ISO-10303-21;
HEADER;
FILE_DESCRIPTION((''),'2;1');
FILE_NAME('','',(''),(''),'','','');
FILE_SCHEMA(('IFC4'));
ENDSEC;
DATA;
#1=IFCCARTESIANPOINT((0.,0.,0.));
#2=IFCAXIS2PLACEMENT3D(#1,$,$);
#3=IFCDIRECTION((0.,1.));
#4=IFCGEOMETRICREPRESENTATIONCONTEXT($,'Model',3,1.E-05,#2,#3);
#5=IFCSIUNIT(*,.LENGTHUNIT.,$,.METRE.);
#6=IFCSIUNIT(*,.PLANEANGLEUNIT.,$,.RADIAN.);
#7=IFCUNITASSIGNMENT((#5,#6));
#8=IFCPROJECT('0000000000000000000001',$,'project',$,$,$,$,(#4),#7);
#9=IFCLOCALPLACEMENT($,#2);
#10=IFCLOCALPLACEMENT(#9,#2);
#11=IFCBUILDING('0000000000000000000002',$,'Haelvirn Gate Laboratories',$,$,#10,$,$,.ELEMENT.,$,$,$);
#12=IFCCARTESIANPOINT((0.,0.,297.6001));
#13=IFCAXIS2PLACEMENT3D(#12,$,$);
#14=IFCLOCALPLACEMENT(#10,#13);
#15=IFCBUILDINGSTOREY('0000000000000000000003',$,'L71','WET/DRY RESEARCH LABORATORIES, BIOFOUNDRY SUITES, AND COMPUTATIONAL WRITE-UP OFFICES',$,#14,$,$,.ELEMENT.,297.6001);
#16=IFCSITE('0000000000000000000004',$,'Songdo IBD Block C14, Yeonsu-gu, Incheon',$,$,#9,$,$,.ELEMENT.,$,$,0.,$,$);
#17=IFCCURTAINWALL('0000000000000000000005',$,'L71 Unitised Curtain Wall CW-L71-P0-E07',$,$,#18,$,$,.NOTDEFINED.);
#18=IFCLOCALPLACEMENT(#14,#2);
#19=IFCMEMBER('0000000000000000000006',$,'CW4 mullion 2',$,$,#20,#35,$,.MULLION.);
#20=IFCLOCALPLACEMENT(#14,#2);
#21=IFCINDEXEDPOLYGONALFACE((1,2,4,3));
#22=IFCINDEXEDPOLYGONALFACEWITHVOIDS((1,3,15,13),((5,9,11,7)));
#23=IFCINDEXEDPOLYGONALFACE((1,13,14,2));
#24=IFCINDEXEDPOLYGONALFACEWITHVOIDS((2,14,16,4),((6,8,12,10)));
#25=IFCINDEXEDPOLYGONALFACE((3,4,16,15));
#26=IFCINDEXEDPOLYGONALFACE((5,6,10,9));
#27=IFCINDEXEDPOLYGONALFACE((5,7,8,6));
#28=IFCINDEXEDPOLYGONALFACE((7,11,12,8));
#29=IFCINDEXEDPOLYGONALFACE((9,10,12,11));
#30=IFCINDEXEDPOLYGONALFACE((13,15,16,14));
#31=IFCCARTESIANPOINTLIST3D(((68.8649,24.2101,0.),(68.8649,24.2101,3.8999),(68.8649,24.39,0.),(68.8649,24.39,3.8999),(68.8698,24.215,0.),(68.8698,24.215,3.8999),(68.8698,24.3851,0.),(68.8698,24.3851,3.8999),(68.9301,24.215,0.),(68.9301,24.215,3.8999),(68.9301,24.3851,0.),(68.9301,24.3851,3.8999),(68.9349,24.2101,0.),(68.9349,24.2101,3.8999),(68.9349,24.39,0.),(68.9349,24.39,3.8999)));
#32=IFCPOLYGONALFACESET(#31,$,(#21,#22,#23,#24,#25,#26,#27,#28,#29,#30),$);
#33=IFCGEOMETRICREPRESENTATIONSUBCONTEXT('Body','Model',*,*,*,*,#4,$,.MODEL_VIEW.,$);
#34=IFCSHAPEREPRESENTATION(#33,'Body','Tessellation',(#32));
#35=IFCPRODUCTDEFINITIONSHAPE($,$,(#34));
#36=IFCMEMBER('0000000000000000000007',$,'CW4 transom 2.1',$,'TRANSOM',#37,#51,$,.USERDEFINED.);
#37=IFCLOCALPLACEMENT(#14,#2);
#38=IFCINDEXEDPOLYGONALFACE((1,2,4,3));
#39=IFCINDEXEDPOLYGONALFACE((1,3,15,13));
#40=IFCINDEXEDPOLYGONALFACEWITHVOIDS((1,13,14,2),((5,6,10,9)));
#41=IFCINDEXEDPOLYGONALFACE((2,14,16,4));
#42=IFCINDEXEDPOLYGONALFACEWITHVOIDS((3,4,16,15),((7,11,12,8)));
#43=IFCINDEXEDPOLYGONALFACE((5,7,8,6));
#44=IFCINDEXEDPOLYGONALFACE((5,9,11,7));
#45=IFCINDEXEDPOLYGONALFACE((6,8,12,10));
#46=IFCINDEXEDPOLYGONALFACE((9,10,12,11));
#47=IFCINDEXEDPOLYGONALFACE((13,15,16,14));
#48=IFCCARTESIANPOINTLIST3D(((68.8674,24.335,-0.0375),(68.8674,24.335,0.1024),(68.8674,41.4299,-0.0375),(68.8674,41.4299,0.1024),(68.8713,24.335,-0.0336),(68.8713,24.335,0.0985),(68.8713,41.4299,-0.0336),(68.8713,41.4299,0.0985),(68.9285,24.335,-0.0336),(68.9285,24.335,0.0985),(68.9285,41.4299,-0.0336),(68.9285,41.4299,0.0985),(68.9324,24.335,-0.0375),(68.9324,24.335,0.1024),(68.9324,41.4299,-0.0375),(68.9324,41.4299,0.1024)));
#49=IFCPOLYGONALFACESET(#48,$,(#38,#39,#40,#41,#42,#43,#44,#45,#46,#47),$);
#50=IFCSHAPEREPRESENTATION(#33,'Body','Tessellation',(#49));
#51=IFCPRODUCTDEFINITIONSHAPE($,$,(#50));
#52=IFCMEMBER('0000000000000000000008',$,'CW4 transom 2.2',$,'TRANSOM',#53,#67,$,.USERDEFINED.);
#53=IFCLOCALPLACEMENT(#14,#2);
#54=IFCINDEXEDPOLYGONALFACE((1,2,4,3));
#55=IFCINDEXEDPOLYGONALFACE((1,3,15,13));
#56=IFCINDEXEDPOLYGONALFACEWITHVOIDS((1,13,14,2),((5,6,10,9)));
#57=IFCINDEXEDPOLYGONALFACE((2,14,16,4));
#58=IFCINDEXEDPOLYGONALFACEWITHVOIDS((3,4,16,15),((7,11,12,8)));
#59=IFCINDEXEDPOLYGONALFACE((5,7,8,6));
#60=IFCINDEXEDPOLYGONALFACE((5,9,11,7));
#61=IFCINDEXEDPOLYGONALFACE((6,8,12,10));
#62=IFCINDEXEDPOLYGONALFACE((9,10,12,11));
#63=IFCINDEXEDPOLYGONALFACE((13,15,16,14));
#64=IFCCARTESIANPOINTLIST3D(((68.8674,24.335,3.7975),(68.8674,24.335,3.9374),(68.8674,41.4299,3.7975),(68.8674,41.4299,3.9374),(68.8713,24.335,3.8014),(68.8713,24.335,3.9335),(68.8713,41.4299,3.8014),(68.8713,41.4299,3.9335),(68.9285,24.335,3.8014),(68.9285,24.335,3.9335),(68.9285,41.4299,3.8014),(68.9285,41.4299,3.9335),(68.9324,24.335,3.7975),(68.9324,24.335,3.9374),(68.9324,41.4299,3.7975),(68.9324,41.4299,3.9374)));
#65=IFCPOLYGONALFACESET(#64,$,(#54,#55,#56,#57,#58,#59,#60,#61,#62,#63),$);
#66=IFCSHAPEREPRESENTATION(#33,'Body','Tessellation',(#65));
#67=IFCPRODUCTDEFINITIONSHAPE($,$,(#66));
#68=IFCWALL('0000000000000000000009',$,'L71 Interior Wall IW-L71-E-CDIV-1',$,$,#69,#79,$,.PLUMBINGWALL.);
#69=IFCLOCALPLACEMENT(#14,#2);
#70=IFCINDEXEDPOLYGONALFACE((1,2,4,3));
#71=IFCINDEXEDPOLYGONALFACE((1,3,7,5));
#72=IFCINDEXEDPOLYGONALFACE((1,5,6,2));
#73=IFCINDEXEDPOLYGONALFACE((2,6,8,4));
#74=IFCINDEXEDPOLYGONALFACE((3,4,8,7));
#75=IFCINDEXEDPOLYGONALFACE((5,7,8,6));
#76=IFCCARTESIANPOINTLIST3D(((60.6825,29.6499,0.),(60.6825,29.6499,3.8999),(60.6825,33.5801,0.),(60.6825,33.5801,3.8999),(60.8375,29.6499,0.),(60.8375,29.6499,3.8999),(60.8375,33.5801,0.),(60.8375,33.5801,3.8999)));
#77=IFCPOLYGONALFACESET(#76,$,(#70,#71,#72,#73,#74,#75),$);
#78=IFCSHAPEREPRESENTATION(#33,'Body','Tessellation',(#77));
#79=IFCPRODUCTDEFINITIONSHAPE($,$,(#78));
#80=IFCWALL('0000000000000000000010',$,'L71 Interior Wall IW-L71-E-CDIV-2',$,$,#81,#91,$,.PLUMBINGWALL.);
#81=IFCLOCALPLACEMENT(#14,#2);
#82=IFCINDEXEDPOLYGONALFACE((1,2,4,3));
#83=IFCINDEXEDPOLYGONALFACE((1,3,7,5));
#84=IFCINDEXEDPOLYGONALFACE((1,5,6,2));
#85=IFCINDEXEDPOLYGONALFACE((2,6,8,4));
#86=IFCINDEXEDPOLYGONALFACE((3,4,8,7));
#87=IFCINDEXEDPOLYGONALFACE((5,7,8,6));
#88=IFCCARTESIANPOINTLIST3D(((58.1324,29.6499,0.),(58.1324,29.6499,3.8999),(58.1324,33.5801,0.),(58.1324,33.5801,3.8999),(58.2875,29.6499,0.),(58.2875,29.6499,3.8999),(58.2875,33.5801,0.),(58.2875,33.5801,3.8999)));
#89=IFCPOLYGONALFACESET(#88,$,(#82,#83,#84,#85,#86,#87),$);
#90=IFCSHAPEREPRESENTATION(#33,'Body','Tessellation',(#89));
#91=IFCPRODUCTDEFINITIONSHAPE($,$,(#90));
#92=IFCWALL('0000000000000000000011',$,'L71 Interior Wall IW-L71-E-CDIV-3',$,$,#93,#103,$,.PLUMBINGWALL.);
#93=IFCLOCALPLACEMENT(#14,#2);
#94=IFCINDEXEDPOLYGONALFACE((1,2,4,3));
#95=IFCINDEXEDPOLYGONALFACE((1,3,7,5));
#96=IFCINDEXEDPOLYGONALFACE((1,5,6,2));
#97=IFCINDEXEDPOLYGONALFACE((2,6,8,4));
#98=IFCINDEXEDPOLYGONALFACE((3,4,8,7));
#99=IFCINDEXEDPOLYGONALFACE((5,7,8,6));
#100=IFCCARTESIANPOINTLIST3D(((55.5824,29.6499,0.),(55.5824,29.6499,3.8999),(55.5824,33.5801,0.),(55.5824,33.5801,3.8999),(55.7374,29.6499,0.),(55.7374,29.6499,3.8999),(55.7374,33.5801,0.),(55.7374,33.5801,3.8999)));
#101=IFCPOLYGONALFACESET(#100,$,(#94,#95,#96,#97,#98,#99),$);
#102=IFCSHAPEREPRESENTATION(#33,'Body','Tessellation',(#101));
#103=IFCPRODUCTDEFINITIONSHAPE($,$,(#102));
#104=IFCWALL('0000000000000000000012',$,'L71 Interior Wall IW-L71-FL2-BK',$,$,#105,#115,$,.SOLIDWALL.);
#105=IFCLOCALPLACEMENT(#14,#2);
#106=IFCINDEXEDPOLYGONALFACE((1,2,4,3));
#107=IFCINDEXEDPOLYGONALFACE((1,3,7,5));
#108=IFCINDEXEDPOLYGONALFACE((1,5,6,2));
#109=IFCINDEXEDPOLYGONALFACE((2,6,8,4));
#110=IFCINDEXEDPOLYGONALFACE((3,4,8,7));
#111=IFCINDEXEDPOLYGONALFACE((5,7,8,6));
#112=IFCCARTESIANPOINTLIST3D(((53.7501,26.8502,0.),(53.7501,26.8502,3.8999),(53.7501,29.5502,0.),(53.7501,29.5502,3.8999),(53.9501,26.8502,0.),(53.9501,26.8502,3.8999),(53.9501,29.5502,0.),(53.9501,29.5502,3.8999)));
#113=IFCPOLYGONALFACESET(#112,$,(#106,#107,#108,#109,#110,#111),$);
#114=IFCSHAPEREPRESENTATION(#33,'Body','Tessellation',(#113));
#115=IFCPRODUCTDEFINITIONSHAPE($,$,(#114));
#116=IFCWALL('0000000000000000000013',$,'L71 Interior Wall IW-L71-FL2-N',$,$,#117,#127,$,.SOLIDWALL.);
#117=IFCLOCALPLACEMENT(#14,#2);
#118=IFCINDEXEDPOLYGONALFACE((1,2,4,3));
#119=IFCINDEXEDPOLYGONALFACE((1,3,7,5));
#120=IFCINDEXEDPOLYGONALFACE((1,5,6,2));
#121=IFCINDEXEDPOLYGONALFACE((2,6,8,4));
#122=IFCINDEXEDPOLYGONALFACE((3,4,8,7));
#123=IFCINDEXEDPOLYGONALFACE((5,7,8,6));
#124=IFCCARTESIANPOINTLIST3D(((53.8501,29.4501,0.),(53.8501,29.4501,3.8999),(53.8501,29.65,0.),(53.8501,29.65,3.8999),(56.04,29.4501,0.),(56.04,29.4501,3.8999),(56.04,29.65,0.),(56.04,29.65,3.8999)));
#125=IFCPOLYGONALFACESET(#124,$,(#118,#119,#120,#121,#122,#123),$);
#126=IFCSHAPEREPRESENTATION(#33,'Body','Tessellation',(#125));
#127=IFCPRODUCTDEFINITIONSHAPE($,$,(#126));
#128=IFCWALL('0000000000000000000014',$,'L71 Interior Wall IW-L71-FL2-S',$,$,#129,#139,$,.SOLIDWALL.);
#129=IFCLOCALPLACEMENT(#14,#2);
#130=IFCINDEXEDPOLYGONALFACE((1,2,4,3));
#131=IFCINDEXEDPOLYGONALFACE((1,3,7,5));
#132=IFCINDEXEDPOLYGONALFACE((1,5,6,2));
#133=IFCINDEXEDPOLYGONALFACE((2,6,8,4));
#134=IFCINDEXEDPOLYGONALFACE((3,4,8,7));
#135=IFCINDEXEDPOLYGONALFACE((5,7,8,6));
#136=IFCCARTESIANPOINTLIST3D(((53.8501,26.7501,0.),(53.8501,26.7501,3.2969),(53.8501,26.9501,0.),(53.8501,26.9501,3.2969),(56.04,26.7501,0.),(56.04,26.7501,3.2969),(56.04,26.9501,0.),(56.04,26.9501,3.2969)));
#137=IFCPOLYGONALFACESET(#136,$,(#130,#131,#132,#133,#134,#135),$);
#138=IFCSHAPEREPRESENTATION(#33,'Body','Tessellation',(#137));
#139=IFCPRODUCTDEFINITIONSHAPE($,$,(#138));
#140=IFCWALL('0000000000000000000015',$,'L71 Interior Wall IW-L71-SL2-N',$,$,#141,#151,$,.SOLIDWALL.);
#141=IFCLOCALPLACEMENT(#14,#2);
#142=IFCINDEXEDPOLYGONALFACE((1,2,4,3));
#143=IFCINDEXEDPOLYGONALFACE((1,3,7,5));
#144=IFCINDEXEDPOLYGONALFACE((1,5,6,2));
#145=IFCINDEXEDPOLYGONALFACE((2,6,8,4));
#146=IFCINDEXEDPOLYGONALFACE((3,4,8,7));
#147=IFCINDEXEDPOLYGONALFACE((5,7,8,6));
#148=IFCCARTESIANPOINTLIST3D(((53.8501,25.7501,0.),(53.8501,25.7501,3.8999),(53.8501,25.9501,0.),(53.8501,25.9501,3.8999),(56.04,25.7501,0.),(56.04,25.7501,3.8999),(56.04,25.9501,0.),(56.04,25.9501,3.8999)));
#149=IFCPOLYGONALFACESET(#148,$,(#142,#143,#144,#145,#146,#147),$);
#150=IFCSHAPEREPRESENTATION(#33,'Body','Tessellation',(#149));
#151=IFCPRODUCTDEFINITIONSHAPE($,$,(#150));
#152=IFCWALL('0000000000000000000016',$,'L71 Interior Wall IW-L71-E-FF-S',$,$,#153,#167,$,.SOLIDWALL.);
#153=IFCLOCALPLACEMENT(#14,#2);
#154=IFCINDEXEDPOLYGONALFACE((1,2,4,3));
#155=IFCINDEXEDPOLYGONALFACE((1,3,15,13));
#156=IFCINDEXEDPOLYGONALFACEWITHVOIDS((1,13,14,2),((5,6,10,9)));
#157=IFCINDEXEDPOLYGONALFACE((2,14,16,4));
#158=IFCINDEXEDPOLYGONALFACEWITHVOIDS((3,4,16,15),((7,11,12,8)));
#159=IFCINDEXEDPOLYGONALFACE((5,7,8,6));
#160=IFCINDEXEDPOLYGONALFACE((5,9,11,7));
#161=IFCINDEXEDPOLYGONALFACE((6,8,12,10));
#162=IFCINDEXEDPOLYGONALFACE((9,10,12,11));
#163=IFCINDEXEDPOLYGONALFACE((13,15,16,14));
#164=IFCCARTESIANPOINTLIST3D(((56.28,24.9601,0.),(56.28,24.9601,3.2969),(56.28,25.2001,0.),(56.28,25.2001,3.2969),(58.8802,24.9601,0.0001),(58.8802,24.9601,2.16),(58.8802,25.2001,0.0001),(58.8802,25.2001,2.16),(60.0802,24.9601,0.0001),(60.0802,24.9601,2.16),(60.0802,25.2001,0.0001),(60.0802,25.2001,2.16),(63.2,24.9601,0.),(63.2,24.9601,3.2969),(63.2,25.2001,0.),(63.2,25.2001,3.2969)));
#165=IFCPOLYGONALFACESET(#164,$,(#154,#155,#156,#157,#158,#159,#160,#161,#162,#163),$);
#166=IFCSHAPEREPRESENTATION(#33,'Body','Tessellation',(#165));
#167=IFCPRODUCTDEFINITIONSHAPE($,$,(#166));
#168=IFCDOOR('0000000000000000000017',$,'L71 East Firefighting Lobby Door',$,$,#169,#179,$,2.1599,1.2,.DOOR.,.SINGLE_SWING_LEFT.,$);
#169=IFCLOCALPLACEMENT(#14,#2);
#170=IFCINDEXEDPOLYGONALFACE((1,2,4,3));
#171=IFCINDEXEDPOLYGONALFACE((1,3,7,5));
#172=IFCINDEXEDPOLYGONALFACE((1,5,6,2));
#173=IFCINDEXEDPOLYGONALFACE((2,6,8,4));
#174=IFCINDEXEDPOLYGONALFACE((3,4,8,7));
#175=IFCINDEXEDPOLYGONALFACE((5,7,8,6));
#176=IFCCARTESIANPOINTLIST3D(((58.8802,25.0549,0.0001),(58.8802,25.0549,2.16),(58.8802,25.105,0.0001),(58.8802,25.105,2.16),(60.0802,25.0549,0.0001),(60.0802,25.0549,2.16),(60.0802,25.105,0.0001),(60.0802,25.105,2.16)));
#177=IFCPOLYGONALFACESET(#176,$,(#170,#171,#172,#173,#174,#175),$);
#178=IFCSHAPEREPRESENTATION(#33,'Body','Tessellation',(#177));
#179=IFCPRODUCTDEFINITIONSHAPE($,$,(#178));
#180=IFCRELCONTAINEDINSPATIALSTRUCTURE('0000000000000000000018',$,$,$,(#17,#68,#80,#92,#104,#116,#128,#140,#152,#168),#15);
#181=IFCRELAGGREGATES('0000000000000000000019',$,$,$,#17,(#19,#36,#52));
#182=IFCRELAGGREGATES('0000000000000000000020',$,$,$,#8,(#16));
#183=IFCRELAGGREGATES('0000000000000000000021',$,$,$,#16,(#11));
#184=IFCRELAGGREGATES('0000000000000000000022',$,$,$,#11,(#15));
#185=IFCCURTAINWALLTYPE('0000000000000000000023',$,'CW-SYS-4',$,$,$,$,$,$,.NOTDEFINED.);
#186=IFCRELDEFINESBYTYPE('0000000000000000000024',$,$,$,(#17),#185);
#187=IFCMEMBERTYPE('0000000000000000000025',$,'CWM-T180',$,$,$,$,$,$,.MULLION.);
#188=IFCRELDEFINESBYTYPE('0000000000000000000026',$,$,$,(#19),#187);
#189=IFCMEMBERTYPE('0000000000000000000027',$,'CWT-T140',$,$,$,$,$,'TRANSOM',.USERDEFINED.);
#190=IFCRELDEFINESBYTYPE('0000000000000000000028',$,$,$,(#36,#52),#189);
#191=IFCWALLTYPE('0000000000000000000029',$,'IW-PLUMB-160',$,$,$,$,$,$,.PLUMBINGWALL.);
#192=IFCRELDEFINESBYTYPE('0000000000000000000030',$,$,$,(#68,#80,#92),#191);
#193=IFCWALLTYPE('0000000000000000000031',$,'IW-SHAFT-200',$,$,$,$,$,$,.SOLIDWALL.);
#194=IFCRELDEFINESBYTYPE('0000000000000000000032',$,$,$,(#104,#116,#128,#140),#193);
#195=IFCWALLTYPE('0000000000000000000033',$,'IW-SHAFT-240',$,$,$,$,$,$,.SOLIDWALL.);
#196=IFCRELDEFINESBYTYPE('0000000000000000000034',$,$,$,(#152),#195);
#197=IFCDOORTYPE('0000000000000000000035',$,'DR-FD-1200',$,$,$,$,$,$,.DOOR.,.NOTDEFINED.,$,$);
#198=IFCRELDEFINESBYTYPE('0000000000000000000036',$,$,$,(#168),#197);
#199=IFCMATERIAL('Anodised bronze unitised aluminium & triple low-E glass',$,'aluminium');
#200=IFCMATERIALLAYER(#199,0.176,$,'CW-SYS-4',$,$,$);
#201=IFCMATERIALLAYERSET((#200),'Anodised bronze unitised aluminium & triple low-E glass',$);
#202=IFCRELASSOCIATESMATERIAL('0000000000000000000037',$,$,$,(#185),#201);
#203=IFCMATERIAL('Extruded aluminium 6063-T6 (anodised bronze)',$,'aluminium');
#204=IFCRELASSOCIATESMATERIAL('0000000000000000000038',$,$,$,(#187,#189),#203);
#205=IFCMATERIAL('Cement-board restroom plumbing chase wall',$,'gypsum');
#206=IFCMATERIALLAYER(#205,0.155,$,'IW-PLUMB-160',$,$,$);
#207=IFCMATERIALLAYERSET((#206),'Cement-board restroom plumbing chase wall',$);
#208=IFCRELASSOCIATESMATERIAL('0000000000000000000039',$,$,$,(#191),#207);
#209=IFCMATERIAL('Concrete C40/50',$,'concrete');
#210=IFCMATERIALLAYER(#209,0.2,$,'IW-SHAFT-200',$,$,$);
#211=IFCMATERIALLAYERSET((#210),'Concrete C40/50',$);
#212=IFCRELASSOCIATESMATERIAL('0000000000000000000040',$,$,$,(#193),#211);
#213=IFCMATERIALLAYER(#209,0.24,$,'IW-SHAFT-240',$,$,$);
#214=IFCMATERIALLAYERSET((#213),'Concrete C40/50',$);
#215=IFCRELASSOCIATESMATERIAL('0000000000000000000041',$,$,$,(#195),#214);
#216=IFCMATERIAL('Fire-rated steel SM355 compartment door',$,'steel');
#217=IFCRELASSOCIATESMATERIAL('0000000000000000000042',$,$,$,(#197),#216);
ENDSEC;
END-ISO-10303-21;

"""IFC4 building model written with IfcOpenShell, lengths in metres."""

from ifc_helpers import new_model, si_unit, direction, frame, frame_2d, origin, origin_2d, place, context, subcontext, project, spatial, rectangle, hollow_rectangle, extrude, source, transform, mapped, material, layer, layer_set, material_profile, profile_set, type_object, type_shapes, element, fill, aggregate, save


model = new_model("IFC4")

# Units and contexts
model_context = context("Model", 3, precision=1e-05, world=origin(), true_north=direction((0.0, 1.0)))
body_context = subcontext(model_context, "Body", "Model", "MODEL_VIEW")
ifc_project = project(units=[si_unit("LENGTHUNIT", "METRE"), si_unit("PLANEANGLEUNIT", "RADIAN")], contexts=[model_context])

# Site, building, storey
site_placement = place(None, origin())
site = spatial("IfcSite", under=ifc_project, at=site_placement, Name="Songdo IBD Block C14, Yeonsu-gu, Incheon", CompositionType="ELEMENT", RefElevation=0.0)
building_placement = place(site_placement, origin())
building = spatial("IfcBuilding", under=site, at=building_placement, Name="Haelvirn Gate Laboratories", CompositionType="ELEMENT")
storey_placement = place(building_placement, frame((0.0, 0.0, 297.6001)))
storey = spatial("IfcBuildingStorey", under=building, at=storey_placement, Name="L71", Description="WET/DRY RESEARCH LABORATORIES, BIOFOUNDRY SUITES, AND COMPUTATIONAL WRITE-UP OFFICES", CompositionType="ELEMENT", Elevation=297.6001)

# Curtain wall, members
ifc_material_1 = material(Name="Anodised bronze unitised aluminium & triple low-E glass", Category="aluminium")
ifc_layer_1 = layer(ifc_material_1, 0.176, Name="CW-SYS-4")
ifc_layer_set_1 = layer_set([ifc_layer_1], Name="Anodised bronze unitised aluminium & triple low-E glass")
curtain_wall_type = type_object("IfcCurtainWallType", Name="CW-SYS-4", PredefinedType="NOTDEFINED", material=ifc_layer_set_1)
curtain_wall_placement = place(storey_placement, origin())
curtain_wall = element("IfcCurtainWall", 1, at=curtain_wall_placement, inside=storey, type_object=curtain_wall_type, Name="L71 Unitised Curtain Wall CW-L71-P0-E07", PredefinedType="NOTDEFINED")
ifc_material_2 = material(Name="Extruded aluminium 6063-T6 (anodised bronze)", Category="aluminium")
ifc_material_profile_1 = material_profile(ifc_material_2, hollow_rectangle(XDim=0.0701, YDim=0.1799, WallThickness=0.0049, at=origin_2d()), Name="CWM-180x70x5")
ifc_profile_set_1 = profile_set([ifc_material_profile_1], Name="Extruded aluminium 6063-T6 (anodised bronze)")
member_type_1 = type_object("IfcMemberType", Name="CWM-T180", PredefinedType="MULLION", material=ifc_profile_set_1)
shared_shape_1 = source(origin(), body_context, "Body", "SweptSolid", [
    extrude(hollow_rectangle(XDim=0.0701, YDim=0.1799, WallThickness=0.0049, at=origin_2d()), origin(), (0.0, 0.0, 1.0), 3.8999),
])
type_shapes(member_type_1, [shared_shape_1])
member_1_placement = place(storey_placement, frame((68.8999, 24.3, 0.0), z_axis=(0.0, 0.0, 1.0), x_axis=(-1.0, 0.0, 0.0)))
member_1 = element("IfcMember", 2, at=member_1_placement, type_object=member_type_1, Name="CW4 mullion 2", PredefinedType="MULLION", context=body_context, shape_type="MappedRepresentation", body=[
    mapped(shared_shape_1, transform((0.0, 0.0, 0.0), scale=1.0)),
])
ifc_material_profile_2 = material_profile(ifc_material_2, hollow_rectangle(XDim=0.0649, YDim=0.1399, WallThickness=0.0039, at=origin_2d()), Name="CWT-140x65x4")
ifc_profile_set_2 = profile_set([ifc_material_profile_2], Name="Extruded aluminium 6063-T6 (anodised bronze)")
member_type_2 = type_object("IfcMemberType", Name="CWT-T140", ElementType="TRANSOM", PredefinedType="USERDEFINED", material=ifc_profile_set_2)
shared_shape_2 = source(origin(), body_context, "Body", "SweptSolid", [
    extrude(hollow_rectangle(XDim=0.0649, YDim=0.1399, WallThickness=0.0039, at=origin_2d()), origin(), (0.0, 0.0, 1.0), 17.095),
])
type_shapes(member_type_2, [shared_shape_2])
member_2_placement = place(storey_placement, frame((68.8999, 24.335, 0.0325), z_axis=(0.0, 1.0, 0.0), x_axis=(-1.0, 0.0, 0.0)))
member_2 = element("IfcMember", 3, at=member_2_placement, type_object=member_type_2, Name="CW4 transom 2.1", ObjectType="TRANSOM", PredefinedType="USERDEFINED", context=body_context, shape_type="MappedRepresentation", body=[
    mapped(shared_shape_2, transform((0.0, 0.0, 0.0), scale=1.0)),
])
member_3_placement = place(storey_placement, frame((68.8999, 24.335, 3.8674), z_axis=(0.0, 1.0, 0.0), x_axis=(-1.0, 0.0, 0.0)))
member_3 = element("IfcMember", 4, at=member_3_placement, type_object=member_type_2, Name="CW4 transom 2.2", ObjectType="TRANSOM", PredefinedType="USERDEFINED", context=body_context, shape_type="MappedRepresentation", body=[
    mapped(shared_shape_2, transform((0.0, 0.0, 0.0), scale=1.0)),
])
aggregate(curtain_wall, [member_1, member_2, member_3])

# Walls
ifc_material_3 = material(Name="Cement-board restroom plumbing chase wall", Category="gypsum")
ifc_layer_2 = layer(ifc_material_3, 0.155, Name="IW-PLUMB-160")
ifc_layer_set_2 = layer_set([ifc_layer_2], Name="Cement-board restroom plumbing chase wall")
wall_type_1 = type_object("IfcWallType", Name="IW-PLUMB-160", PredefinedType="PLUMBINGWALL", material=ifc_layer_set_2)
for number, where, z_axis, x_axis, name in (
    (5, (60.76, 29.6499, 0.0), (0.0, 0.0, 1.0), (0.0, 1.0, 0.0), "L71 Interior Wall IW-L71-E-CDIV-1"),
    (6, (58.21, 29.6499, 0.0), (0.0, 0.0, 1.0), (0.0, 1.0, 0.0), "L71 Interior Wall IW-L71-E-CDIV-2"),
    (7, (55.6599, 29.6499, 0.0), (0.0, 0.0, 1.0), (0.0, 1.0, 0.0), "L71 Interior Wall IW-L71-E-CDIV-3"),
):
    element("IfcWall", number, at=place(storey_placement, frame(where, z_axis=z_axis, x_axis=x_axis)), inside=storey, type_object=wall_type_1, Name=name, PredefinedType="PLUMBINGWALL", context=body_context, shape_type="SweptSolid", body=[
        extrude(rectangle(XDim=3.9302, YDim=0.155, at=frame_2d((1.9651, 0.0))), origin(), (0.0, 0.0, 1.0), 3.8999),
    ])
ifc_material_4 = material(Name="Concrete C40/50", Category="concrete")
ifc_layer_3 = layer(ifc_material_4, 0.2, Name="IW-SHAFT-200")
ifc_layer_set_3 = layer_set([ifc_layer_3], Name="Concrete C40/50")
wall_type_2 = type_object("IfcWallType", Name="IW-SHAFT-200", PredefinedType="SOLIDWALL", material=ifc_layer_set_3)
wall_1_placement = place(storey_placement, frame((53.8501, 26.8501, 0.0), z_axis=(0.0, 0.0, 1.0), x_axis=(0.0, 1.0, 0.0)))
element("IfcWall", 8, at=wall_1_placement, inside=storey, type_object=wall_type_2, Name="L71 Interior Wall IW-L71-FL2-BK", PredefinedType="SOLIDWALL", context=body_context, shape_type="SweptSolid", body=[
    extrude(rectangle(XDim=2.7, YDim=0.2, at=frame_2d((1.3501, 0.0))), origin(), (0.0, 0.0, 1.0), 3.8999),
])
wall_2_placement = place(storey_placement, frame((53.8501, 29.55, 0.0), z_axis=(0.0, 0.0, 1.0), x_axis=(1.0, 0.0, 0.0)))
element("IfcWall", 9, at=wall_2_placement, inside=storey, type_object=wall_type_2, Name="L71 Interior Wall IW-L71-FL2-N", PredefinedType="SOLIDWALL", context=body_context, shape_type="SweptSolid", body=[
    extrude(rectangle(XDim=2.1899, YDim=0.2, at=frame_2d((1.095, 0.0))), origin(), (0.0, 0.0, 1.0), 3.8999),
])
wall_3_placement = place(storey_placement, frame((53.8501, 26.8501, 0.0), z_axis=(0.0, 0.0, 1.0), x_axis=(1.0, 0.0, 0.0)))
element("IfcWall", 10, at=wall_3_placement, inside=storey, type_object=wall_type_2, Name="L71 Interior Wall IW-L71-FL2-S", PredefinedType="SOLIDWALL", context=body_context, shape_type="SweptSolid", body=[
    extrude(rectangle(XDim=2.1899, YDim=0.2, at=frame_2d((1.095, 0.0))), origin(), (0.0, 0.0, 1.0), 3.2969),
])
wall_4_placement = place(storey_placement, frame((53.8501, 25.8501, 0.0), z_axis=(0.0, 0.0, 1.0), x_axis=(1.0, 0.0, 0.0)))
element("IfcWall", 11, at=wall_4_placement, inside=storey, type_object=wall_type_2, Name="L71 Interior Wall IW-L71-SL2-N", PredefinedType="SOLIDWALL", context=body_context, shape_type="SweptSolid", body=[
    extrude(rectangle(XDim=2.1899, YDim=0.2, at=frame_2d((1.095, 0.0))), origin(), (0.0, 0.0, 1.0), 3.8999),
])

# Wall, opening, door
ifc_layer_4 = layer(ifc_material_4, 0.24, Name="IW-SHAFT-240")
ifc_layer_set_4 = layer_set([ifc_layer_4], Name="Concrete C40/50")
wall_type_3 = type_object("IfcWallType", Name="IW-SHAFT-240", PredefinedType="SOLIDWALL", material=ifc_layer_set_4)
wall_5_placement = place(storey_placement, frame((56.28, 25.0801, 0.0), z_axis=(0.0, 0.0, 1.0), x_axis=(1.0, 0.0, 0.0)))
wall_5 = element("IfcWall", 12, at=wall_5_placement, inside=storey, type_object=wall_type_3, Name="L71 Interior Wall IW-L71-E-FF-S", PredefinedType="SOLIDWALL", context=body_context, shape_type="SweptSolid", body=[
    extrude(rectangle(XDim=6.9199, YDim=0.24, at=frame_2d((3.46, 0.0))), origin(), (0.0, 0.0, 1.0), 3.2969),
])
opening_1_placement = place(wall_5_placement, frame((2.6001, 0.0, 0.0)))
opening_1 = element("IfcOpeningElement", 13, at=opening_1_placement, cuts=wall_5, PredefinedType="OPENING", context=body_context, shape_type="SweptSolid", body=[
    extrude(rectangle(XDim=1.2, YDim=2.1599, at=frame_2d((0.6001, 1.0801))), frame((0.0, 0.1299, 0.0), z_axis=(0.0, -1.0, 0.0), x_axis=(1.0, 0.0, 0.0)), (0.0, 0.0, 1.0), 0.26),
])
ifc_material_5 = material(Name="Fire-rated steel SM355 compartment door", Category="steel")
door_type_1 = type_object("IfcDoorType", Name="DR-FD-1200", OperationType="NOTDEFINED", PredefinedType="DOOR", material=ifc_material_5)
shared_shape_3 = source(origin(), body_context, "Body", "SweptSolid", [
    extrude(rectangle(XDim=1.2, YDim=2.1599, at=frame_2d((0.6001, 1.0801))), frame((0.0, 0.0249, 0.0), z_axis=(0.0, -1.0, 0.0), x_axis=(1.0, 0.0, 0.0)), (0.0, 0.0, 1.0), 0.05),
])
type_shapes(door_type_1, [shared_shape_3])
door_1_placement = place(opening_1_placement, origin())
door_1 = element("IfcDoor", 14, at=door_1_placement, inside=storey, type_object=door_type_1, Name="L71 East Firefighting Lobby Door", OperationType="SINGLE_SWING_LEFT", OverallHeight=2.1599, OverallWidth=1.2, PredefinedType="DOOR", context=body_context, shape_type="MappedRepresentation", body=[
    mapped(shared_shape_3, transform((0.0, 0.0, 0.0), scale=1.0)),
])
fill(opening_1, door_1)

save(model, "model.ifc")
